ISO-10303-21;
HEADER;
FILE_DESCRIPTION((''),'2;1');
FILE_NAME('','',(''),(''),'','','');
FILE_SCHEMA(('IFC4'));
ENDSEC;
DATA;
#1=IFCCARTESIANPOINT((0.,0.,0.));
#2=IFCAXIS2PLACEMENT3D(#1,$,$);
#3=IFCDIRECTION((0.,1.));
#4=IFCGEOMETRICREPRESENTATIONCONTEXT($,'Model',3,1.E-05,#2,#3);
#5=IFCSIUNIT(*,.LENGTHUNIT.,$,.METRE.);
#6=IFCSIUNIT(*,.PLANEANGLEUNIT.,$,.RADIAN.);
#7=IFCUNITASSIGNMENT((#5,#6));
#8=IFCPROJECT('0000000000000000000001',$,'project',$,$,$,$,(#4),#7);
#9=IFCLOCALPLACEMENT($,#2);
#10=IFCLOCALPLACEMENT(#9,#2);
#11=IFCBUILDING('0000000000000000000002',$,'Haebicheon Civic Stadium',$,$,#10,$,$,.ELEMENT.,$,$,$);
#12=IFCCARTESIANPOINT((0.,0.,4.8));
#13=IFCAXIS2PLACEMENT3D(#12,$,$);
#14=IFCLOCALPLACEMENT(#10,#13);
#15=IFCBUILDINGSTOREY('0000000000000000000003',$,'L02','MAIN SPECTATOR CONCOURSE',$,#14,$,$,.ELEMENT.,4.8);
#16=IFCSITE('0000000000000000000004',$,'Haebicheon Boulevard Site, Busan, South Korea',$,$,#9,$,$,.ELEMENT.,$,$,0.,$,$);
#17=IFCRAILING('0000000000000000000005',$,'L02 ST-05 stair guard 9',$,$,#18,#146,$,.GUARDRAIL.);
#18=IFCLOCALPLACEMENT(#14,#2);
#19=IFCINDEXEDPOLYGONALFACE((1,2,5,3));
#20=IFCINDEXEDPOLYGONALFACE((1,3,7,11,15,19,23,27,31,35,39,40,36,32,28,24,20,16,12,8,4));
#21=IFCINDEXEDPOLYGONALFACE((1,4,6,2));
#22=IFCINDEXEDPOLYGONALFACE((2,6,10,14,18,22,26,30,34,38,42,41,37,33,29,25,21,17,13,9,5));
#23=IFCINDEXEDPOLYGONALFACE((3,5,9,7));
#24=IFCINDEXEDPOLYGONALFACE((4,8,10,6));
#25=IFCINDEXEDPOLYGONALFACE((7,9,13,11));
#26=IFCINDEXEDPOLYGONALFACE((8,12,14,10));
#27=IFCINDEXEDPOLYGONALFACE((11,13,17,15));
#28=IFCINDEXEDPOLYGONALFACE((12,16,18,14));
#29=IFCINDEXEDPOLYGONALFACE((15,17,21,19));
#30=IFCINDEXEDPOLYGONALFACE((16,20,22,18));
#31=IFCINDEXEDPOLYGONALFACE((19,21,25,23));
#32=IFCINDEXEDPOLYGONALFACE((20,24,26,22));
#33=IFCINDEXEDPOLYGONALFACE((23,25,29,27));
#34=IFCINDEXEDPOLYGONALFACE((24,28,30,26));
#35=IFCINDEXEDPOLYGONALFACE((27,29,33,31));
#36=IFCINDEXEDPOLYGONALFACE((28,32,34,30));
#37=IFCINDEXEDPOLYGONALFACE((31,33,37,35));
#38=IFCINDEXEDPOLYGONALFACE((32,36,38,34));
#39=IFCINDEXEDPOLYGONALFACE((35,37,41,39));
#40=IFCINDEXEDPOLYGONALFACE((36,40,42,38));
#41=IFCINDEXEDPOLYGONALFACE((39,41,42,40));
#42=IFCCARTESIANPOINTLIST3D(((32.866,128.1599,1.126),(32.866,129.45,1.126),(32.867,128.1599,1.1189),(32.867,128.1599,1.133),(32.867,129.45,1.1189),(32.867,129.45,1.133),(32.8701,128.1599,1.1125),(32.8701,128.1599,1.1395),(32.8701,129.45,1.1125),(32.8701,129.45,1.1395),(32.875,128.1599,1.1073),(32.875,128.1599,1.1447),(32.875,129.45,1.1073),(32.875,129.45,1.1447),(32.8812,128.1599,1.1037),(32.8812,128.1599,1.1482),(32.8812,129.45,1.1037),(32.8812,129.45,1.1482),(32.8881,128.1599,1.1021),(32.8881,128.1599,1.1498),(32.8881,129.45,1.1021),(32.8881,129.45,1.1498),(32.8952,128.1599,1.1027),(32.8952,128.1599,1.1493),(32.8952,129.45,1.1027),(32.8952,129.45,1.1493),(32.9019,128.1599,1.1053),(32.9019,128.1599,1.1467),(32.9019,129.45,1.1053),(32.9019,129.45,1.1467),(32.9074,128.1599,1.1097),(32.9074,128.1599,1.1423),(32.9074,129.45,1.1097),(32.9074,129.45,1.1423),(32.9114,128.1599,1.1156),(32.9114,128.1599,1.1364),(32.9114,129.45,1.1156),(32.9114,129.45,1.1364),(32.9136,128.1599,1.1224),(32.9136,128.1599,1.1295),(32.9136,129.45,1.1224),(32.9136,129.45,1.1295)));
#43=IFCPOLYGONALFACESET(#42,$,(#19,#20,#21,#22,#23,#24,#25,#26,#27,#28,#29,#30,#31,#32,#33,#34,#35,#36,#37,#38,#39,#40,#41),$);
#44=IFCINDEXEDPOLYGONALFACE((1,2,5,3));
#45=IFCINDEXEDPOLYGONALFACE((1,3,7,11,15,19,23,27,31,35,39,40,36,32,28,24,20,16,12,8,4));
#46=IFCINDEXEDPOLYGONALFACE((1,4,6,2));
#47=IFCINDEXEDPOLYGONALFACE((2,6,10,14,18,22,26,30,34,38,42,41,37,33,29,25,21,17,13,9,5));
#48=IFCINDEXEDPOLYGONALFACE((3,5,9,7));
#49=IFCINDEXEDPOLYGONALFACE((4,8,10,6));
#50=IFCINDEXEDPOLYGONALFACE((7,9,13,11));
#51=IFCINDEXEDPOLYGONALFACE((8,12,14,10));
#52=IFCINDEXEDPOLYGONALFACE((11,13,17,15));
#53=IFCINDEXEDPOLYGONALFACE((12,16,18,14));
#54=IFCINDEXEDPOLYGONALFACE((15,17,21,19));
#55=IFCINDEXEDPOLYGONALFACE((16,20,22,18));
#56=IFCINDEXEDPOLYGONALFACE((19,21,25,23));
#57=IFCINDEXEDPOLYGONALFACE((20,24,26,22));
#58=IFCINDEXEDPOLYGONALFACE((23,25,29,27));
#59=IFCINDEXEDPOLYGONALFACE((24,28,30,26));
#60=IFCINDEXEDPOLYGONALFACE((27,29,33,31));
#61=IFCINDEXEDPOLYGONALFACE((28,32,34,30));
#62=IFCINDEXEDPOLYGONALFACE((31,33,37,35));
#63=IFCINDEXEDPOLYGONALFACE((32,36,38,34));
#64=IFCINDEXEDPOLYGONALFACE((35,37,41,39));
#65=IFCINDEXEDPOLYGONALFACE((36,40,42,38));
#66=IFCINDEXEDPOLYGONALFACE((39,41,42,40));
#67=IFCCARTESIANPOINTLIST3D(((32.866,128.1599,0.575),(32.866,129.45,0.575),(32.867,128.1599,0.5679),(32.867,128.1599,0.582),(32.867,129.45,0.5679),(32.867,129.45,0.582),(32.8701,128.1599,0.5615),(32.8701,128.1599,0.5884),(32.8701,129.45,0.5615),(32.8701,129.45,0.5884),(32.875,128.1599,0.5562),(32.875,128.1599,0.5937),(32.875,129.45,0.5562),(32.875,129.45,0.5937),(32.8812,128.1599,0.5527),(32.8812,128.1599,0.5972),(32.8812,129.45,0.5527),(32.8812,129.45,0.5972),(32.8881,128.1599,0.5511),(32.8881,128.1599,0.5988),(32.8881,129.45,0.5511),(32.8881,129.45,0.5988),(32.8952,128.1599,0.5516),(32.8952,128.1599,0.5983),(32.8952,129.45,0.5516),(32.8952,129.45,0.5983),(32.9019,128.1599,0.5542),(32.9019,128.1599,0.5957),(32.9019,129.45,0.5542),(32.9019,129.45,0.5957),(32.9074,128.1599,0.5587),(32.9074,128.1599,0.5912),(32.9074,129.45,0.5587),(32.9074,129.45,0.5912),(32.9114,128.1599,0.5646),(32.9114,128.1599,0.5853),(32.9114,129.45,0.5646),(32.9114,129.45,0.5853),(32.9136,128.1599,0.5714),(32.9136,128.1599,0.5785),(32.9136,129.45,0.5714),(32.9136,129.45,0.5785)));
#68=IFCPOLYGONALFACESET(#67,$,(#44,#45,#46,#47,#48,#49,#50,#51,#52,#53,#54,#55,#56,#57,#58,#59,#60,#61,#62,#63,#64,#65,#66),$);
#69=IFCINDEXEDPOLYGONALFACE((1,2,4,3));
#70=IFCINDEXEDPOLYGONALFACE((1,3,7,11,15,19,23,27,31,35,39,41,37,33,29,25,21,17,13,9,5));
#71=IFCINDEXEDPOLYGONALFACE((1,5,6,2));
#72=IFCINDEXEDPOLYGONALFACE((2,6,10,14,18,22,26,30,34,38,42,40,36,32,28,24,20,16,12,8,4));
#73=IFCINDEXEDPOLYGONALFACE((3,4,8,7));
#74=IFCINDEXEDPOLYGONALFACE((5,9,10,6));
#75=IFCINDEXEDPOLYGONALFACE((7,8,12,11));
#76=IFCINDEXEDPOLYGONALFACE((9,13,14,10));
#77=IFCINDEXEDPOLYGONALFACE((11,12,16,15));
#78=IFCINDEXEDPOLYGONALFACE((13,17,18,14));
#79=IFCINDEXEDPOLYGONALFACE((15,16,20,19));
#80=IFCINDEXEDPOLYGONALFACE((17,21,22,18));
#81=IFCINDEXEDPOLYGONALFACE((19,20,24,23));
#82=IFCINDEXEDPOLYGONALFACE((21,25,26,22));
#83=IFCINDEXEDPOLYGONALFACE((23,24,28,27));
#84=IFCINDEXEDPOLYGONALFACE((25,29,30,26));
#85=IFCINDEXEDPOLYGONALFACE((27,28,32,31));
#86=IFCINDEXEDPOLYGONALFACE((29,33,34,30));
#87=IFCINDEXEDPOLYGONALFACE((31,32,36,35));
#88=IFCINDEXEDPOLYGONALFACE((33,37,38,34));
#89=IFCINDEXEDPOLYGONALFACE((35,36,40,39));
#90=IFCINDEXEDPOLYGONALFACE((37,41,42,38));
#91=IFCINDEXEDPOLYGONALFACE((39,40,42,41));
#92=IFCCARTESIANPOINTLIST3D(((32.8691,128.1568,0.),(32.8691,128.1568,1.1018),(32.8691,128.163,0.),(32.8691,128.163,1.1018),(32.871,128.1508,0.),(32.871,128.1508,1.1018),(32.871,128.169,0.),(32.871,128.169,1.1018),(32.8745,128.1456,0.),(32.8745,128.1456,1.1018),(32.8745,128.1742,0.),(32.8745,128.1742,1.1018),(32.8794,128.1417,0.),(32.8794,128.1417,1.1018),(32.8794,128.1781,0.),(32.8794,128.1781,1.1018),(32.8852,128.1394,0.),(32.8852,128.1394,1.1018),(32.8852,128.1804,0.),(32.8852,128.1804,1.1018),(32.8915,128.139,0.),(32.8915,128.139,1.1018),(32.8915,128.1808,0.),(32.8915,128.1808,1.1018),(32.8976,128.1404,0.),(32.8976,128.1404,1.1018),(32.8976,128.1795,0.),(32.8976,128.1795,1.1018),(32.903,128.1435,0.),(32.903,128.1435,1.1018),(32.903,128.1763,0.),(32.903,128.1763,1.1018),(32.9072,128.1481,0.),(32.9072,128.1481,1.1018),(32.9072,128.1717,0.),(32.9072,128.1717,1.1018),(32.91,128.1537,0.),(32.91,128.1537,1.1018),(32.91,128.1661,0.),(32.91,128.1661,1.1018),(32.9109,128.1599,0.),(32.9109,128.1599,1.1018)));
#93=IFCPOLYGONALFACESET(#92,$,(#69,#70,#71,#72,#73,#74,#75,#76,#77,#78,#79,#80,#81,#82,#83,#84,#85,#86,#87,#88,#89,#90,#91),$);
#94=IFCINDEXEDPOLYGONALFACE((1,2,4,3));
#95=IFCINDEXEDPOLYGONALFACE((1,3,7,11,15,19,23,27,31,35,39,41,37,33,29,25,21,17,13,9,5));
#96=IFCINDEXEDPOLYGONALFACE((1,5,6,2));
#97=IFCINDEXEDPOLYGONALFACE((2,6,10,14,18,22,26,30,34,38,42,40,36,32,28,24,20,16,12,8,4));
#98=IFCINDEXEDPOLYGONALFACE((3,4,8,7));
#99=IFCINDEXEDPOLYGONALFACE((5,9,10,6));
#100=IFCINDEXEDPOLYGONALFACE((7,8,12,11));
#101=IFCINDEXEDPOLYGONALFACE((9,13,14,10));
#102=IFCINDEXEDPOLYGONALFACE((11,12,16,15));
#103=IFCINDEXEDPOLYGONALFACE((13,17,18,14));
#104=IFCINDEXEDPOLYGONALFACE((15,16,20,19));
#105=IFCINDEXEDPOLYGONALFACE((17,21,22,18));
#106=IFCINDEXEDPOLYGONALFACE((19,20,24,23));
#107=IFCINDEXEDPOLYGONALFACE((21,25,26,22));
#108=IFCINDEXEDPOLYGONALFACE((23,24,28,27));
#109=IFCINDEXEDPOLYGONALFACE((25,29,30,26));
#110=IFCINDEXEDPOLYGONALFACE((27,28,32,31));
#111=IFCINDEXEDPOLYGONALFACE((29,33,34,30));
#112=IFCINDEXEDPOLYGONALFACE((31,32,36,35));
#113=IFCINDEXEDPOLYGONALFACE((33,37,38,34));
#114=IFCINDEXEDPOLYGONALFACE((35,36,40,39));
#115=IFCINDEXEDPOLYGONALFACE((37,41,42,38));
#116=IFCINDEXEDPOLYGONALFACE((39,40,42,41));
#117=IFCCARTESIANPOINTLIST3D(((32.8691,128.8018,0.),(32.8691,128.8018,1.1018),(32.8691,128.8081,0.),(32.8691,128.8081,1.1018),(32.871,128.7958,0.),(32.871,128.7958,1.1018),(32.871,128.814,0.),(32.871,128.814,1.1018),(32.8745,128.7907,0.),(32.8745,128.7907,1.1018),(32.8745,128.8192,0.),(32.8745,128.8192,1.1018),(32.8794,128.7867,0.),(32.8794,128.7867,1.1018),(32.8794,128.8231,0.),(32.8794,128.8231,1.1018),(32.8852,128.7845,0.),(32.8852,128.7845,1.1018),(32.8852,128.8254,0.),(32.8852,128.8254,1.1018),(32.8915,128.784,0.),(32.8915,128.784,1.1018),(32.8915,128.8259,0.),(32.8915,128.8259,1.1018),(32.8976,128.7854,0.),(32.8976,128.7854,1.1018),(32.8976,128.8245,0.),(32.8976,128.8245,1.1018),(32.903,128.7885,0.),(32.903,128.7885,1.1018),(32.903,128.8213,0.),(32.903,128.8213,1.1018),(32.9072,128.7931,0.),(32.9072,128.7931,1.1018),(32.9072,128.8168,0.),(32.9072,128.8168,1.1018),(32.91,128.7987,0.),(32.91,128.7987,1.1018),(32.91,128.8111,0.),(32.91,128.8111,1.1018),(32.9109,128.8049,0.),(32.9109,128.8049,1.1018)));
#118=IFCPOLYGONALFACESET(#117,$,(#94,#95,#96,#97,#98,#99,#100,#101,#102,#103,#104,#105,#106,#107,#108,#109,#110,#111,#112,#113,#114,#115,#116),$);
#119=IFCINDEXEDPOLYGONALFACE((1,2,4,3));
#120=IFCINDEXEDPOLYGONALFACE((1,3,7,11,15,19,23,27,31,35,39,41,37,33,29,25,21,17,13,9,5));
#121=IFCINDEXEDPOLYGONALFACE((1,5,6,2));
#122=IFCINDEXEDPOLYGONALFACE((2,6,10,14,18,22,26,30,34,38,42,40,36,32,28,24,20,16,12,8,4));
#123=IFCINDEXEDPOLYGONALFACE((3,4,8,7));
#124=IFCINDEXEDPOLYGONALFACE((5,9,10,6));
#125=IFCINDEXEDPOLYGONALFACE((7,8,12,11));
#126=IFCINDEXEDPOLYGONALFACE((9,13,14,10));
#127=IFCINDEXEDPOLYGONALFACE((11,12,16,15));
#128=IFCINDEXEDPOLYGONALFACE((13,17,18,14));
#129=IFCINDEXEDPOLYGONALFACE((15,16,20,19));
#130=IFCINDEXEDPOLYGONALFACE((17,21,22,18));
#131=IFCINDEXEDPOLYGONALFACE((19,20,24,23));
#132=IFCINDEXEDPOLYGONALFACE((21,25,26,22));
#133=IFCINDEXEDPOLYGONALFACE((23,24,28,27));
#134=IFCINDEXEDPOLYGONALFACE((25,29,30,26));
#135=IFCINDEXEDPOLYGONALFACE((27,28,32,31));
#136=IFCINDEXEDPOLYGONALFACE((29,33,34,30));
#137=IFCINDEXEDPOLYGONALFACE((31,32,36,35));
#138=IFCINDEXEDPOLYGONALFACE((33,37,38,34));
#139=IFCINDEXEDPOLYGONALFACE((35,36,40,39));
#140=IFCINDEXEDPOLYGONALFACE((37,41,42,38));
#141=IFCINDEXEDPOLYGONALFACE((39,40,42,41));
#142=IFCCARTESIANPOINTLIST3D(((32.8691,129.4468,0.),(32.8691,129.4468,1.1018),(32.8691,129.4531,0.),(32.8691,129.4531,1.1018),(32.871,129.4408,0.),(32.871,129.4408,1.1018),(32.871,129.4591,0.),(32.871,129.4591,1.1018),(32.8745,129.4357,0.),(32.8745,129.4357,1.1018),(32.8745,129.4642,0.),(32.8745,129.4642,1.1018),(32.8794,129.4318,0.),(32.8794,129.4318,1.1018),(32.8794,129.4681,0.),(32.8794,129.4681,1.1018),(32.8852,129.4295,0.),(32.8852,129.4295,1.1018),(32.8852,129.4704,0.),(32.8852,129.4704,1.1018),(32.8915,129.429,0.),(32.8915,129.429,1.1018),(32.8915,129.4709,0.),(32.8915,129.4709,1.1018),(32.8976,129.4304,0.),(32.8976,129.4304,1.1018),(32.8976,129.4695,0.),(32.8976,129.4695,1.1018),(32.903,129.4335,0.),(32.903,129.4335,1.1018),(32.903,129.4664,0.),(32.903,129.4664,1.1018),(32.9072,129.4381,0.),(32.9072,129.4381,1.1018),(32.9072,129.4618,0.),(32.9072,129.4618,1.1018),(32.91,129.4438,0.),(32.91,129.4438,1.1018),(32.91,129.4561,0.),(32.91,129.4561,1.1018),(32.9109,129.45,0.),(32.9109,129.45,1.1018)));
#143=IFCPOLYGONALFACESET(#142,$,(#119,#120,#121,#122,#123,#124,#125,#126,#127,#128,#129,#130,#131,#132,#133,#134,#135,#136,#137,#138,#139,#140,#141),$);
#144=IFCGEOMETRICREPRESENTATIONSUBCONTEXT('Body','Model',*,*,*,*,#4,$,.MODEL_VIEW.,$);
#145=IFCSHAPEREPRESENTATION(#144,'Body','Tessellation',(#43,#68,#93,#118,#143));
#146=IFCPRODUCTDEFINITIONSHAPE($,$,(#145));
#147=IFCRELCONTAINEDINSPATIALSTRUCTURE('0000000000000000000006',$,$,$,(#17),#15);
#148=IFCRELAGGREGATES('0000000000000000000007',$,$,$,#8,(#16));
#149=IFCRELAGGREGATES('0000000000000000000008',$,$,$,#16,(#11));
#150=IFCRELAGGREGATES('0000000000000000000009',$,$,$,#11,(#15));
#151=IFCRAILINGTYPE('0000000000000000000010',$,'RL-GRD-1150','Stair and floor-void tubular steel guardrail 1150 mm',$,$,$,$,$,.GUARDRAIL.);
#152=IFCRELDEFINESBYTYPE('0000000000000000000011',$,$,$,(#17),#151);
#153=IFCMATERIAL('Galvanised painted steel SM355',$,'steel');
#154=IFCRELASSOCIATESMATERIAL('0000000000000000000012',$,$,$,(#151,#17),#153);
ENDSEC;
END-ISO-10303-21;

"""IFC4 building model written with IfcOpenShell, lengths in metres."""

from ifc_helpers import new_model, si_unit, direction, frame, origin, origin_2d, place, context, subcontext, project, spatial, circle, extrude, material, type_object, element, save


model = new_model("IFC4")

# Units and contexts
model_context = context("Model", 3, precision=1e-05, world=origin(), true_north=direction((0.0, 1.0)))
body_context = subcontext(model_context, "Body", "Model", "MODEL_VIEW")
ifc_project = project(units=[si_unit("LENGTHUNIT", "METRE"), si_unit("PLANEANGLEUNIT", "RADIAN")], contexts=[model_context])

# Site, building, storey
site_placement = place(None, origin())
site = spatial("IfcSite", under=ifc_project, at=site_placement, Name="Haebicheon Boulevard Site, Busan, South Korea", CompositionType="ELEMENT", RefElevation=0.0)
building_placement = place(site_placement, origin())
building = spatial("IfcBuilding", under=site, at=building_placement, Name="Haebicheon Civic Stadium", CompositionType="ELEMENT")
storey_placement = place(building_placement, frame((0.0, 0.0, 4.8)))
storey = spatial("IfcBuildingStorey", under=building, at=storey_placement, Name="L02", Description="MAIN SPECTATOR CONCOURSE", CompositionType="ELEMENT", Elevation=4.8)

# Railing
ifc_material_1 = material(Name="Galvanised painted steel SM355", Category="steel")
railing_type = type_object("IfcRailingType", Name="RL-GRD-1150", Description="Stair and floor-void tubular steel guardrail 1150 mm", PredefinedType="GUARDRAIL", material=ifc_material_1)
for number, where, name in (
    (1, (32.8899, 128.1599, 0.0), "L02 ST-05 stair guard 9"),
):
    element("IfcRailing", number, at=place(storey_placement, frame(where)), inside=storey, type_object=railing_type, material=ifc_material_1, Name=name, PredefinedType="GUARDRAIL", context=body_context, shape_type="SweptSolid", body=[
        extrude(circle(Radius=0.0239, at=origin_2d()), frame((0.0, 0.0, 1.126), z_axis=(0.0, 1.0, 0.0), x_axis=(-1.0, 0.0, 0.0)), (0.0, 0.0, 1.0), 1.29),
        extrude(circle(Radius=0.0239, at=origin_2d()), frame((0.0, 0.0, 0.575), z_axis=(0.0, 1.0, 0.0), x_axis=(-1.0, 0.0, 0.0)), (0.0, 0.0, 1.0), 1.29),
        extrude(circle(Radius=0.021, at=origin_2d()), origin(), (0.0, 0.0, 1.0), 1.1018),
        extrude(circle(Radius=0.021, at=origin_2d()), frame((0.0, 0.645, 0.0)), (0.0, 0.0, 1.0), 1.1018),
        extrude(circle(Radius=0.021, at=origin_2d()), frame((0.0, 1.29, 0.0)), (0.0, 0.0, 1.0), 1.1018),
    ])

save(model, "model.ifc")
